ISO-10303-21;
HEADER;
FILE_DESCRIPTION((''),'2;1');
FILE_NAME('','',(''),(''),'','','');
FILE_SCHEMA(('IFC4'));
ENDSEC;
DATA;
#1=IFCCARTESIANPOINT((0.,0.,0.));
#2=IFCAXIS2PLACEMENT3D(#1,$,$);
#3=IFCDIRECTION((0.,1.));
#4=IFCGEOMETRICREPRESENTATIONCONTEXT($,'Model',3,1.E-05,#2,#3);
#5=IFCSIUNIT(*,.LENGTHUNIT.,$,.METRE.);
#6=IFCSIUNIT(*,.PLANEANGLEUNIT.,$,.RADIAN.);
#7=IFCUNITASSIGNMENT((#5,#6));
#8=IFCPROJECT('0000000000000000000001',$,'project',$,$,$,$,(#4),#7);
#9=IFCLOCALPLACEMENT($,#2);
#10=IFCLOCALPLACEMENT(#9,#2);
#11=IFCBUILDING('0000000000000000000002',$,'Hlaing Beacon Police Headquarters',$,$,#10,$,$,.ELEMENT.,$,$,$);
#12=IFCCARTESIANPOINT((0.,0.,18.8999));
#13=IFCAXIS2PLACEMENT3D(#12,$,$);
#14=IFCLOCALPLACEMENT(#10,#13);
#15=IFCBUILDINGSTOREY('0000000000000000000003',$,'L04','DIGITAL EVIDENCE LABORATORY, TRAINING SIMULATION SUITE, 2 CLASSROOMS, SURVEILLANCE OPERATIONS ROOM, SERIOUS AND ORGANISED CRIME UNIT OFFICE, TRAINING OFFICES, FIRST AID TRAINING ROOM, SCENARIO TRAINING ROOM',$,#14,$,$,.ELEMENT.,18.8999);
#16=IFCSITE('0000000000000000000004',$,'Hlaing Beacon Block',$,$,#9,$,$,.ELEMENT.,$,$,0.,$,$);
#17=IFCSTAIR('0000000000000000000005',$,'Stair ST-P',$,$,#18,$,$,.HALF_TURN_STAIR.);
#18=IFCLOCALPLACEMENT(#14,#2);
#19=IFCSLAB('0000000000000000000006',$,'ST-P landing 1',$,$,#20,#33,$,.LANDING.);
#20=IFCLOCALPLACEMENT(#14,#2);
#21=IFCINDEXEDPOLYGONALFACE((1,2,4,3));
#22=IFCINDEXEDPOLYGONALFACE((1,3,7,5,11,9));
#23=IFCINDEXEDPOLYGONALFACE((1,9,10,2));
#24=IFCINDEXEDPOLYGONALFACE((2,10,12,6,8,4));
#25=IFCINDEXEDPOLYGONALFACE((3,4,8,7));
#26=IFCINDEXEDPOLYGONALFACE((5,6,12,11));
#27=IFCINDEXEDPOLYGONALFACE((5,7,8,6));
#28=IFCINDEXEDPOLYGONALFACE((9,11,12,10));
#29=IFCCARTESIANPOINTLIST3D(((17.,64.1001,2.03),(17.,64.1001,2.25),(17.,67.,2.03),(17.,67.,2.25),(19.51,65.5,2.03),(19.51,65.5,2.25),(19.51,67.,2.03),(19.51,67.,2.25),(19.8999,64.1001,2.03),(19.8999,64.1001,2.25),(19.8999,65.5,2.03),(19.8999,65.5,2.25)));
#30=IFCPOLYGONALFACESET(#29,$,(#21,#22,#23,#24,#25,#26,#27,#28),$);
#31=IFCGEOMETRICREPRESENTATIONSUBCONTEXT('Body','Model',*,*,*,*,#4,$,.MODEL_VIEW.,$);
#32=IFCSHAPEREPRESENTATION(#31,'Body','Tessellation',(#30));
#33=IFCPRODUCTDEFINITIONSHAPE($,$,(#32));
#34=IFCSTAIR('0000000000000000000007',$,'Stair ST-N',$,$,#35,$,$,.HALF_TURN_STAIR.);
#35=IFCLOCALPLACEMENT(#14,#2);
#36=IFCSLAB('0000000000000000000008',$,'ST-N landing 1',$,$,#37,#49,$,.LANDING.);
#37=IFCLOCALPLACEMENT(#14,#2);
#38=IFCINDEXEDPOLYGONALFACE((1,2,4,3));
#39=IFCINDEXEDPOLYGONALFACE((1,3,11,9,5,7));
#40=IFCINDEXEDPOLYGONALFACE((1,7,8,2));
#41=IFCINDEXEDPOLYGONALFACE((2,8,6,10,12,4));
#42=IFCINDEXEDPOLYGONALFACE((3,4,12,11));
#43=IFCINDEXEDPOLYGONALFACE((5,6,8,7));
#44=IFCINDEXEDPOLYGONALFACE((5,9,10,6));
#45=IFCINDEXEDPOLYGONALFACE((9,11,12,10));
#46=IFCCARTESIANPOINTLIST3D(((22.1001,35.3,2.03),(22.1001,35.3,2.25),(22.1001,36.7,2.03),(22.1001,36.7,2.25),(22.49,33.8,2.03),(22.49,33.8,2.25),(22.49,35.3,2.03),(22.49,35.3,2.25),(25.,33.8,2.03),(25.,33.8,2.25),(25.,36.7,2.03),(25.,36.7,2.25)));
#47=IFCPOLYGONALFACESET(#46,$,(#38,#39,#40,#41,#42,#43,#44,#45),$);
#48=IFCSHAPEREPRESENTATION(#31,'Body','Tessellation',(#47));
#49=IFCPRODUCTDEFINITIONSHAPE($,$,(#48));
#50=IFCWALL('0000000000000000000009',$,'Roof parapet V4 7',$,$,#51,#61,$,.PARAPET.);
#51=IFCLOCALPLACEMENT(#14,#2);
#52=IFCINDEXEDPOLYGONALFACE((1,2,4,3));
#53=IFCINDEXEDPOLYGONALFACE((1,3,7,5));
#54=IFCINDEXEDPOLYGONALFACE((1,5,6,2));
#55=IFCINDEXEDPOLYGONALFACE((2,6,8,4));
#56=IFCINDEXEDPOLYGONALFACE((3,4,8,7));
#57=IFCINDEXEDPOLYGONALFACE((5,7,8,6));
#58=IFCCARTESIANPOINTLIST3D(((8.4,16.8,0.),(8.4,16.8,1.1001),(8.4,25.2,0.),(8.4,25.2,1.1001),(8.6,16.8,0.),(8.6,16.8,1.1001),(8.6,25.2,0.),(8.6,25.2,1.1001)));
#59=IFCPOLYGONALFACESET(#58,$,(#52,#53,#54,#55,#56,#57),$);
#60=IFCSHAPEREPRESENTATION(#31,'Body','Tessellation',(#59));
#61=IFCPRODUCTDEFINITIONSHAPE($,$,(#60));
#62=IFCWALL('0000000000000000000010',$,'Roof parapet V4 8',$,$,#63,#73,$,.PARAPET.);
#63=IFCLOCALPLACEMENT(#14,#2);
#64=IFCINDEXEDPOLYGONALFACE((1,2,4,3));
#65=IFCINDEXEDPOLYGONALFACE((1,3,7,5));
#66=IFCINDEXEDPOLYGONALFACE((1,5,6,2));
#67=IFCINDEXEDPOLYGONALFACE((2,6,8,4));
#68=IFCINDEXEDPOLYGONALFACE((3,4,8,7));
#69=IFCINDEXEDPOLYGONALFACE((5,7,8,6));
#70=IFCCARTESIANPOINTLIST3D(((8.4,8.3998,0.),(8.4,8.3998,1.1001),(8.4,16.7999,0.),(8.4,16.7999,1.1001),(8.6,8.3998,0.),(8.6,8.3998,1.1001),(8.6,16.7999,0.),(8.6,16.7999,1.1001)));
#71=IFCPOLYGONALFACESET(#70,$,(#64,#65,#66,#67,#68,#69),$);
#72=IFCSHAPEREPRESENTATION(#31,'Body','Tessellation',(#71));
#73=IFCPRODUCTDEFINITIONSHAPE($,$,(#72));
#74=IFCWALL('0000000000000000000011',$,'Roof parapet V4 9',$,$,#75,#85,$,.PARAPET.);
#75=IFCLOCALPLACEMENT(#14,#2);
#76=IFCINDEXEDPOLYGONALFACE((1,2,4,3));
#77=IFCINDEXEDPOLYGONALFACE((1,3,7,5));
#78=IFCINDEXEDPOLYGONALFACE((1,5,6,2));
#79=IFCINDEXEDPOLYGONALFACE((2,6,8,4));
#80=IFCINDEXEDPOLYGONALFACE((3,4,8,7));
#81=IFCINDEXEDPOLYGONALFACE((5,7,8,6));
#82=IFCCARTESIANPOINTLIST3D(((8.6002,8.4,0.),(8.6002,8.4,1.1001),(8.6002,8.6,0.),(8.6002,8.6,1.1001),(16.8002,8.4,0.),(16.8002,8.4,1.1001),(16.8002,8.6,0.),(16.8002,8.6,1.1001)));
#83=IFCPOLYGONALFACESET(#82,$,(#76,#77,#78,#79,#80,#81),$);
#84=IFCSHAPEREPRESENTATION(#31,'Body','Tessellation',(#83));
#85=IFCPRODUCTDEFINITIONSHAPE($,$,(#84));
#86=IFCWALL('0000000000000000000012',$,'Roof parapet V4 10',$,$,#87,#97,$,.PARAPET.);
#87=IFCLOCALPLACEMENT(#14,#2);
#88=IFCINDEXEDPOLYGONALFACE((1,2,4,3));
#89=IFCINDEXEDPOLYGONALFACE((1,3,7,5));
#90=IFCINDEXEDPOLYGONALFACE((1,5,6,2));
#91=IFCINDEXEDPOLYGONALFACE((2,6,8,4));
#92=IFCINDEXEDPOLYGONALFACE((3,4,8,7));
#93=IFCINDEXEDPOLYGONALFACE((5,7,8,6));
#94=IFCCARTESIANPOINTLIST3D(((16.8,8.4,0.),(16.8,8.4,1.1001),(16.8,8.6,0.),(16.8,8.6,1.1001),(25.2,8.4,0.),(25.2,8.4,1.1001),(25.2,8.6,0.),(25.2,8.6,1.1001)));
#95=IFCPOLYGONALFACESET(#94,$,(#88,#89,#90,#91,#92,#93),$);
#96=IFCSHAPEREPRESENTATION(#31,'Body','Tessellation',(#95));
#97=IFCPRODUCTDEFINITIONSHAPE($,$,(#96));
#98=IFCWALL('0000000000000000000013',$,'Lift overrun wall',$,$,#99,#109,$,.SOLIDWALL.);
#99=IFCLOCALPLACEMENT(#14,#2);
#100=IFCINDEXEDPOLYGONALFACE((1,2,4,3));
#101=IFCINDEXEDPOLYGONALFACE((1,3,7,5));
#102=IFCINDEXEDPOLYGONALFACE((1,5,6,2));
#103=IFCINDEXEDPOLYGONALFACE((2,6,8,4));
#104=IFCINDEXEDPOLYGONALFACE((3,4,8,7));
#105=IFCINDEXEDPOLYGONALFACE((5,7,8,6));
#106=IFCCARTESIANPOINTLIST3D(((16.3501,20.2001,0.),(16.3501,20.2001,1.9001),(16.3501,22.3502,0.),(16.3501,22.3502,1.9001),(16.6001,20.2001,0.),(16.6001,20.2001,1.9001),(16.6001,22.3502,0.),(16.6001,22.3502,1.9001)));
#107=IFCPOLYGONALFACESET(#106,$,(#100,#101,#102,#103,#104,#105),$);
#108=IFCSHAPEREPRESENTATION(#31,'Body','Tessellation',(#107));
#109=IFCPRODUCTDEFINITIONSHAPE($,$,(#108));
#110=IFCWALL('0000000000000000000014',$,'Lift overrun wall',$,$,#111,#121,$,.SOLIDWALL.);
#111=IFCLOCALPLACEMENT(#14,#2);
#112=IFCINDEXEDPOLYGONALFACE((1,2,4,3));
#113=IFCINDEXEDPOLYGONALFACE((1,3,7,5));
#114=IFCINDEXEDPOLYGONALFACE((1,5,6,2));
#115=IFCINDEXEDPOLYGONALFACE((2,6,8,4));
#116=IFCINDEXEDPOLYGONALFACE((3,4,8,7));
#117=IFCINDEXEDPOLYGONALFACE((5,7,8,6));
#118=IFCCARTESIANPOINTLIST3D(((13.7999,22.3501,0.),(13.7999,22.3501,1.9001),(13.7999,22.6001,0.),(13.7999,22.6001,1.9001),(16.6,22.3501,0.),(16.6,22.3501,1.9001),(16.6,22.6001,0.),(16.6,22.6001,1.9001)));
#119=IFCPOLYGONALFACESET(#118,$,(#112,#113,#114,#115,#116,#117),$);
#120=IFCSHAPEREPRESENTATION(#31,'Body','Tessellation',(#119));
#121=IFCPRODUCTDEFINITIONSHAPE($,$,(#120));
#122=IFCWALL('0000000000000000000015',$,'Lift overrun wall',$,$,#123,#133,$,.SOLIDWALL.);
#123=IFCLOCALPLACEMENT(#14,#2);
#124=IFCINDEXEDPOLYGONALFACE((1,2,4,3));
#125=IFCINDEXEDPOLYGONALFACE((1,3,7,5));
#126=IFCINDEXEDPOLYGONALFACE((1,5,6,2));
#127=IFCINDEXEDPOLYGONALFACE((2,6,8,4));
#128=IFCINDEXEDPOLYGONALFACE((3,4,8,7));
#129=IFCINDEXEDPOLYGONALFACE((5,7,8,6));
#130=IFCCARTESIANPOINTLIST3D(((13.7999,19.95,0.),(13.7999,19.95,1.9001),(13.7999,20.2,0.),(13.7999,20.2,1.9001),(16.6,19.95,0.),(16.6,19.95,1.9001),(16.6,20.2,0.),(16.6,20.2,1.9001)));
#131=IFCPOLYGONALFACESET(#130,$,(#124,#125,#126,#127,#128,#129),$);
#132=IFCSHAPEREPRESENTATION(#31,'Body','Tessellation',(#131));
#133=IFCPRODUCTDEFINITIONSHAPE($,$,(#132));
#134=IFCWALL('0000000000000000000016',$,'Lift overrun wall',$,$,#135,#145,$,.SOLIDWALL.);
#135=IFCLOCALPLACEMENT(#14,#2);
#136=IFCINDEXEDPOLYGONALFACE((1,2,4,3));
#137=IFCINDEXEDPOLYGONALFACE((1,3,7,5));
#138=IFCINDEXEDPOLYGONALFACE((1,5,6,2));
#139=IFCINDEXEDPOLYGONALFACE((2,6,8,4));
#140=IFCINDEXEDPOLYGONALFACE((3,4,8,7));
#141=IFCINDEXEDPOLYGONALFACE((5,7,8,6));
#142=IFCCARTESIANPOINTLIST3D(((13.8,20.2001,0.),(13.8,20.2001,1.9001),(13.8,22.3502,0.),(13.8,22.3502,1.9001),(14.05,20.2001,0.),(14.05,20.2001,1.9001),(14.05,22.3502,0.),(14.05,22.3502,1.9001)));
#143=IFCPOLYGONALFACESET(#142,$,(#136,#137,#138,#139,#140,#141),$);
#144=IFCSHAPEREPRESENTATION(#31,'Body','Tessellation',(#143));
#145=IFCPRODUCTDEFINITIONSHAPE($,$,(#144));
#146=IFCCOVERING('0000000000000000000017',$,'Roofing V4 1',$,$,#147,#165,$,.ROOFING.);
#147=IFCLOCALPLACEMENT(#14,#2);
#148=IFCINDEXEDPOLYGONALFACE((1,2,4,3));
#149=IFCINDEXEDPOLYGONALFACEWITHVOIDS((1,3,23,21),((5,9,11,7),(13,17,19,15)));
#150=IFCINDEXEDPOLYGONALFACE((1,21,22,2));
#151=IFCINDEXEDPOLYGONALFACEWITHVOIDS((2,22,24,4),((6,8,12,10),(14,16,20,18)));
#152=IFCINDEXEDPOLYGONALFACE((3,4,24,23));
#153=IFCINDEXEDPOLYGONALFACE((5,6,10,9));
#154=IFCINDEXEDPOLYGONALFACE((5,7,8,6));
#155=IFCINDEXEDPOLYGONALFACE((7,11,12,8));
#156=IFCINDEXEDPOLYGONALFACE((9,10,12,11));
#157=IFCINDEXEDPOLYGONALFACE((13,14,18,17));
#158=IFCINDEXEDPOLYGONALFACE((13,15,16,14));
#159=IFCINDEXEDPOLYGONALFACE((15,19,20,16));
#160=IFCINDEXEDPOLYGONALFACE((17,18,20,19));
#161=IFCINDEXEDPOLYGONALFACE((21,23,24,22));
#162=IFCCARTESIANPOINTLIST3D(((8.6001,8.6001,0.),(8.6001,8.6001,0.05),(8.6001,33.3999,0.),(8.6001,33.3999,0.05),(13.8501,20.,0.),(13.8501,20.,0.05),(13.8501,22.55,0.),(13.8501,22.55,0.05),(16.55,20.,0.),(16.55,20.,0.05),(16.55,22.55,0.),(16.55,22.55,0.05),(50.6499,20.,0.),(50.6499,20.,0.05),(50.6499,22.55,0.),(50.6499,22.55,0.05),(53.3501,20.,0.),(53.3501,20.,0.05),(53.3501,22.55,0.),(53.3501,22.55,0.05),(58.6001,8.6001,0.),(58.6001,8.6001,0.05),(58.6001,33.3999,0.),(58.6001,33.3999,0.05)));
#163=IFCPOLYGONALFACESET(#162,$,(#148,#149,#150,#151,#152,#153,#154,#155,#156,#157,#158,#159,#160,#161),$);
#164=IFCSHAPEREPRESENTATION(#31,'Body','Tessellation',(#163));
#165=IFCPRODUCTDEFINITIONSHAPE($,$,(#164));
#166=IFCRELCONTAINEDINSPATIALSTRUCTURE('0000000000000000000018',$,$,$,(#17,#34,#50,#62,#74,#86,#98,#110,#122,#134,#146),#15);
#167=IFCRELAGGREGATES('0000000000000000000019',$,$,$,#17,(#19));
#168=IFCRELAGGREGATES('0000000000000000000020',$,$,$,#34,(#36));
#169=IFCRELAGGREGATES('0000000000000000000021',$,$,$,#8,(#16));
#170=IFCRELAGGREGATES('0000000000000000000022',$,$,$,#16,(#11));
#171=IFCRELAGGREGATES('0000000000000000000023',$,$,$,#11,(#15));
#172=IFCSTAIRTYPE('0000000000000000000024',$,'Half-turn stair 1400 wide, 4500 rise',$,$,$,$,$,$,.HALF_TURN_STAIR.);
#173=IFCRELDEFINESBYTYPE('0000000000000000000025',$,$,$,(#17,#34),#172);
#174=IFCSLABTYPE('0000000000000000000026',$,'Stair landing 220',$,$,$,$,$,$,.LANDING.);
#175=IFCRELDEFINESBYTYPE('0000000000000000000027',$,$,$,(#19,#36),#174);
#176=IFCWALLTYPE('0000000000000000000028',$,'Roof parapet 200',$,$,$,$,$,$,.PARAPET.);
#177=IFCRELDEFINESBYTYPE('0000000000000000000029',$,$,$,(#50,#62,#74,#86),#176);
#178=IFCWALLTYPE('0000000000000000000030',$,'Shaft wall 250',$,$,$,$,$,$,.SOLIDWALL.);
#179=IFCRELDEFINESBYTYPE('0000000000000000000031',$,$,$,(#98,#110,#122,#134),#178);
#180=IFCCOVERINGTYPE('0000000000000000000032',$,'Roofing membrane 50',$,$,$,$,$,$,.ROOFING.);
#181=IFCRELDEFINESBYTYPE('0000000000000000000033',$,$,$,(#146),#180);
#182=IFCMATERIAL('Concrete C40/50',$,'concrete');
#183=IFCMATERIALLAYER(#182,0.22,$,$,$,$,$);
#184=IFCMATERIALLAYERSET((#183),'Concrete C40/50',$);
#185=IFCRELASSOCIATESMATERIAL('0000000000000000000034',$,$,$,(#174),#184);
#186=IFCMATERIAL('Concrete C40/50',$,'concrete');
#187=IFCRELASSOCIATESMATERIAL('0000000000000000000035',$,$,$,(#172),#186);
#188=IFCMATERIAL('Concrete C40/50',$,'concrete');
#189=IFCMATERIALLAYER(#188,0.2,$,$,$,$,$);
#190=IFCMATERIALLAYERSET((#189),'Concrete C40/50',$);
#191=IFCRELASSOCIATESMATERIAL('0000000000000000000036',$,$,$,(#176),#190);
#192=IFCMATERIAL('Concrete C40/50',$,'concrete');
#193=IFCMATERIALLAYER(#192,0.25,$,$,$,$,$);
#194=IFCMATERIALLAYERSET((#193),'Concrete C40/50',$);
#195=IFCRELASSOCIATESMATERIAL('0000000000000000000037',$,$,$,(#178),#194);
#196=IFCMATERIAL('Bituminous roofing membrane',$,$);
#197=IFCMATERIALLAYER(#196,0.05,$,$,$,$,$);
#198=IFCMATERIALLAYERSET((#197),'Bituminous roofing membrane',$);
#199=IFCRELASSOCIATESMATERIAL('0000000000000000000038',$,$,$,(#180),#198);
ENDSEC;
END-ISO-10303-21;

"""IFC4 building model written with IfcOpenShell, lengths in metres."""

from ifc_helpers import new_model, si_unit, direction, frame, frame_2d, origin, place, context, subcontext, project, spatial, polyline, rectangle, outline, extrude, material, layer, layer_set, type_object, element, aggregate, save


model = new_model("IFC4")

# Units and contexts
model_context = context("Model", 3, precision=1e-05, world=origin(), true_north=direction((0.0, 1.0)))
body_context = subcontext(model_context, "Body", "Model", "MODEL_VIEW")
ifc_project = project(units=[si_unit("LENGTHUNIT", "METRE"), si_unit("PLANEANGLEUNIT", "RADIAN")], contexts=[model_context])

# Site, building, storey
site_placement = place(None, origin())
site = spatial("IfcSite", under=ifc_project, at=site_placement, Name="Hlaing Beacon Block", CompositionType="ELEMENT", RefElevation=0.0)
building_placement = place(site_placement, origin())
building = spatial("IfcBuilding", under=site, at=building_placement, Name="Hlaing Beacon Police Headquarters", CompositionType="ELEMENT")
storey_placement = place(building_placement, frame((0.0, 0.0, 18.8999)))
storey = spatial("IfcBuildingStorey", under=building, at=storey_placement, Name="L04", Description="DIGITAL EVIDENCE LABORATORY, TRAINING SIMULATION SUITE, 2 CLASSROOMS, SURVEILLANCE OPERATIONS ROOM, SERIOUS AND ORGANISED CRIME UNIT OFFICE, TRAINING OFFICES, FIRST AID TRAINING ROOM, SCENARIO TRAINING ROOM", CompositionType="ELEMENT", Elevation=18.8999)

# Stairs, slabs
ifc_material_1 = material(Name="Concrete C40/50", Category="concrete")
ifc_layer_1 = layer(ifc_material_1, 0.22)
ifc_layer_set_1 = layer_set([ifc_layer_1], Name="Concrete C40/50")
slab_type_1 = type_object("IfcSlabType", Name="Stair landing 220", PredefinedType="LANDING", material=ifc_layer_set_1)
ifc_material_2 = material(Name="Concrete C40/50", Category="concrete")
stair_type_1 = type_object("IfcStairType", Name="Half-turn stair 1400 wide, 4500 rise", PredefinedType="HALF_TURN_STAIR", material=ifc_material_2)
stair_1_placement = place(storey_placement, origin())
stair_1 = element("IfcStair", 1, at=stair_1_placement, inside=storey, type_object=stair_type_1, Name="Stair ST-P", PredefinedType="HALF_TURN_STAIR")
slab_1_placement = place(storey_placement, frame((0.0, 0.0, 2.03)))
slab_1 = element("IfcSlab", 2, at=slab_1_placement, type_object=slab_type_1, Name="ST-P landing 1", PredefinedType="LANDING", context=body_context, shape_type="SweptSolid", body=[
    extrude(outline(polyline([(19.51, 67.0), (17.0, 67.0), (17.0, 64.1001), (19.8999, 64.1001), (19.8999, 65.5), (19.51, 65.5), (19.51, 67.0)])), origin(), (0.0, 0.0, 1.0), 0.22),
])
aggregate(stair_1, [slab_1])
stair_2_placement = place(storey_placement, origin())
stair_2 = element("IfcStair", 3, at=stair_2_placement, inside=storey, type_object=stair_type_1, Name="Stair ST-N", PredefinedType="HALF_TURN_STAIR")
slab_2_placement = place(storey_placement, frame((0.0, 0.0, 2.03)))
slab_2 = element("IfcSlab", 4, at=slab_2_placement, type_object=slab_type_1, Name="ST-N landing 1", PredefinedType="LANDING", context=body_context, shape_type="SweptSolid", body=[
    extrude(outline(polyline([(22.49, 33.8), (25.0, 33.8), (25.0, 36.7), (22.1001, 36.7), (22.1001, 35.3), (22.49, 35.3), (22.49, 33.8)])), origin(), (0.0, 0.0, 1.0), 0.22),
])
aggregate(stair_2, [slab_2])

# Walls
ifc_material_3 = material(Name="Concrete C40/50", Category="concrete")
ifc_layer_2 = layer(ifc_material_3, 0.2)
ifc_layer_set_2 = layer_set([ifc_layer_2], Name="Concrete C40/50")
wall_type_1 = type_object("IfcWallType", Name="Roof parapet 200", PredefinedType="PARAPET", material=ifc_layer_set_2)
wall_1_placement = place(storey_placement, frame((8.5, 25.2, 0.0), z_axis=(0.0, 0.0, 1.0), x_axis=(0.0, -1.0, 0.0)))
element("IfcWall", 5, at=wall_1_placement, inside=storey, type_object=wall_type_1, Name="Roof parapet V4 7", PredefinedType="PARAPET", context=body_context, shape_type="SweptSolid", body=[
    extrude(rectangle(XDim=8.3999, YDim=0.2, at=frame_2d((4.2, 0.0))), origin(), (0.0, 0.0, 1.0), 1.1001),
])
wall_2_placement = place(storey_placement, frame((8.5, 16.8, 0.0), z_axis=(0.0, 0.0, 1.0), x_axis=(0.0, -1.0, 0.0)))
element("IfcWall", 6, at=wall_2_placement, inside=storey, type_object=wall_type_1, Name="Roof parapet V4 8", PredefinedType="PARAPET", context=body_context, shape_type="SweptSolid", body=[
    extrude(rectangle(XDim=8.4001, YDim=0.2, at=frame_2d((4.2002, 0.0))), origin(), (0.0, 0.0, 1.0), 1.1001),
])
wall_3_placement = place(storey_placement, frame((8.6001, 8.5, 0.0), z_axis=(0.0, 0.0, 1.0), x_axis=(1.0, 0.0, 0.0)))
element("IfcWall", 7, at=wall_3_placement, inside=storey, type_object=wall_type_1, Name="Roof parapet V4 9", PredefinedType="PARAPET", context=body_context, shape_type="SweptSolid", body=[
    extrude(rectangle(XDim=8.2, YDim=0.2, at=frame_2d((4.1001, 0.0))), origin(), (0.0, 0.0, 1.0), 1.1001),
])
wall_4_placement = place(storey_placement, frame((16.8, 8.5, 0.0), z_axis=(0.0, 0.0, 1.0), x_axis=(1.0, 0.0, 0.0)))
element("IfcWall", 8, at=wall_4_placement, inside=storey, type_object=wall_type_1, Name="Roof parapet V4 10", PredefinedType="PARAPET", context=body_context, shape_type="SweptSolid", body=[
    extrude(rectangle(XDim=8.3999, YDim=0.2, at=frame_2d((4.2, 0.0))), origin(), (0.0, 0.0, 1.0), 1.1001),
])
ifc_material_4 = material(Name="Concrete C40/50", Category="concrete")
ifc_layer_3 = layer(ifc_material_4, 0.25)
ifc_layer_set_3 = layer_set([ifc_layer_3], Name="Concrete C40/50")
wall_type_2 = type_object("IfcWallType", Name="Shaft wall 250", PredefinedType="SOLIDWALL", material=ifc_layer_set_3)
wall_5_placement = place(storey_placement, frame((16.4751, 20.2, 0.0), z_axis=(0.0, 0.0, 1.0), x_axis=(0.0, 1.0, 0.0)))
element("IfcWall", 9, at=wall_5_placement, inside=storey, type_object=wall_type_2, Name="Lift overrun wall", PredefinedType="SOLIDWALL", context=body_context, shape_type="SweptSolid", body=[
    extrude(rectangle(XDim=2.1501, YDim=0.25, at=frame_2d((1.0752, 0.0))), origin(), (0.0, 0.0, 1.0), 1.9001),
])
for number, where, z_axis, x_axis, name in (
    (10, (13.8, 22.4751, 0.0), (0.0, 0.0, 1.0), (1.0, 0.0, 0.0), "Lift overrun wall"),
    (11, (13.8, 20.075, 0.0), (0.0, 0.0, 1.0), (1.0, 0.0, 0.0), "Lift overrun wall"),
):
    element("IfcWall", number, at=place(storey_placement, frame(where, z_axis=z_axis, x_axis=x_axis)), inside=storey, type_object=wall_type_2, Name=name, PredefinedType="SOLIDWALL", context=body_context, shape_type="SweptSolid", body=[
        extrude(rectangle(XDim=2.8, YDim=0.25, at=frame_2d((1.3999, 0.0))), origin(), (0.0, 0.0, 1.0), 1.9001),
    ])
wall_6_placement = place(storey_placement, frame((13.925, 20.2, 0.0), z_axis=(0.0, 0.0, 1.0), x_axis=(0.0, 1.0, 0.0)))
element("IfcWall", 12, at=wall_6_placement, inside=storey, type_object=wall_type_2, Name="Lift overrun wall", PredefinedType="SOLIDWALL", context=body_context, shape_type="SweptSolid", body=[
    extrude(rectangle(XDim=2.1501, YDim=0.25, at=frame_2d((1.0752, 0.0))), origin(), (0.0, 0.0, 1.0), 1.9001),
])

# Covering
ifc_material_5 = material(Name="Bituminous roofing membrane")
ifc_layer_4 = layer(ifc_material_5, 0.05)
ifc_layer_set_4 = layer_set([ifc_layer_4], Name="Bituminous roofing membrane")
covering_type = type_object("IfcCoveringType", Name="Roofing membrane 50", PredefinedType="ROOFING", material=ifc_layer_set_4)
covering_placement = place(storey_placement, origin())
element("IfcCovering", 13, at=covering_placement, inside=storey, type_object=covering_type, Name="Roofing V4 1", PredefinedType="ROOFING", context=body_context, shape_type="SweptSolid", body=[
    extrude(outline(polyline([(58.6001, 33.3999), (58.6001, 8.6001), (8.6001, 8.6001), (8.6001, 33.3999), (58.6001, 33.3999)]), holes=[polyline([(53.3501, 22.55), (50.6499, 22.55), (50.6499, 20.0), (53.3501, 20.0), (53.3501, 22.55)]), polyline([(16.55, 22.55), (13.8501, 22.55), (13.8501, 20.0), (16.55, 20.0), (16.55, 22.55)])]), origin(), (0.0, 0.0, 1.0), 0.05),
])

save(model, "model.ifc")
